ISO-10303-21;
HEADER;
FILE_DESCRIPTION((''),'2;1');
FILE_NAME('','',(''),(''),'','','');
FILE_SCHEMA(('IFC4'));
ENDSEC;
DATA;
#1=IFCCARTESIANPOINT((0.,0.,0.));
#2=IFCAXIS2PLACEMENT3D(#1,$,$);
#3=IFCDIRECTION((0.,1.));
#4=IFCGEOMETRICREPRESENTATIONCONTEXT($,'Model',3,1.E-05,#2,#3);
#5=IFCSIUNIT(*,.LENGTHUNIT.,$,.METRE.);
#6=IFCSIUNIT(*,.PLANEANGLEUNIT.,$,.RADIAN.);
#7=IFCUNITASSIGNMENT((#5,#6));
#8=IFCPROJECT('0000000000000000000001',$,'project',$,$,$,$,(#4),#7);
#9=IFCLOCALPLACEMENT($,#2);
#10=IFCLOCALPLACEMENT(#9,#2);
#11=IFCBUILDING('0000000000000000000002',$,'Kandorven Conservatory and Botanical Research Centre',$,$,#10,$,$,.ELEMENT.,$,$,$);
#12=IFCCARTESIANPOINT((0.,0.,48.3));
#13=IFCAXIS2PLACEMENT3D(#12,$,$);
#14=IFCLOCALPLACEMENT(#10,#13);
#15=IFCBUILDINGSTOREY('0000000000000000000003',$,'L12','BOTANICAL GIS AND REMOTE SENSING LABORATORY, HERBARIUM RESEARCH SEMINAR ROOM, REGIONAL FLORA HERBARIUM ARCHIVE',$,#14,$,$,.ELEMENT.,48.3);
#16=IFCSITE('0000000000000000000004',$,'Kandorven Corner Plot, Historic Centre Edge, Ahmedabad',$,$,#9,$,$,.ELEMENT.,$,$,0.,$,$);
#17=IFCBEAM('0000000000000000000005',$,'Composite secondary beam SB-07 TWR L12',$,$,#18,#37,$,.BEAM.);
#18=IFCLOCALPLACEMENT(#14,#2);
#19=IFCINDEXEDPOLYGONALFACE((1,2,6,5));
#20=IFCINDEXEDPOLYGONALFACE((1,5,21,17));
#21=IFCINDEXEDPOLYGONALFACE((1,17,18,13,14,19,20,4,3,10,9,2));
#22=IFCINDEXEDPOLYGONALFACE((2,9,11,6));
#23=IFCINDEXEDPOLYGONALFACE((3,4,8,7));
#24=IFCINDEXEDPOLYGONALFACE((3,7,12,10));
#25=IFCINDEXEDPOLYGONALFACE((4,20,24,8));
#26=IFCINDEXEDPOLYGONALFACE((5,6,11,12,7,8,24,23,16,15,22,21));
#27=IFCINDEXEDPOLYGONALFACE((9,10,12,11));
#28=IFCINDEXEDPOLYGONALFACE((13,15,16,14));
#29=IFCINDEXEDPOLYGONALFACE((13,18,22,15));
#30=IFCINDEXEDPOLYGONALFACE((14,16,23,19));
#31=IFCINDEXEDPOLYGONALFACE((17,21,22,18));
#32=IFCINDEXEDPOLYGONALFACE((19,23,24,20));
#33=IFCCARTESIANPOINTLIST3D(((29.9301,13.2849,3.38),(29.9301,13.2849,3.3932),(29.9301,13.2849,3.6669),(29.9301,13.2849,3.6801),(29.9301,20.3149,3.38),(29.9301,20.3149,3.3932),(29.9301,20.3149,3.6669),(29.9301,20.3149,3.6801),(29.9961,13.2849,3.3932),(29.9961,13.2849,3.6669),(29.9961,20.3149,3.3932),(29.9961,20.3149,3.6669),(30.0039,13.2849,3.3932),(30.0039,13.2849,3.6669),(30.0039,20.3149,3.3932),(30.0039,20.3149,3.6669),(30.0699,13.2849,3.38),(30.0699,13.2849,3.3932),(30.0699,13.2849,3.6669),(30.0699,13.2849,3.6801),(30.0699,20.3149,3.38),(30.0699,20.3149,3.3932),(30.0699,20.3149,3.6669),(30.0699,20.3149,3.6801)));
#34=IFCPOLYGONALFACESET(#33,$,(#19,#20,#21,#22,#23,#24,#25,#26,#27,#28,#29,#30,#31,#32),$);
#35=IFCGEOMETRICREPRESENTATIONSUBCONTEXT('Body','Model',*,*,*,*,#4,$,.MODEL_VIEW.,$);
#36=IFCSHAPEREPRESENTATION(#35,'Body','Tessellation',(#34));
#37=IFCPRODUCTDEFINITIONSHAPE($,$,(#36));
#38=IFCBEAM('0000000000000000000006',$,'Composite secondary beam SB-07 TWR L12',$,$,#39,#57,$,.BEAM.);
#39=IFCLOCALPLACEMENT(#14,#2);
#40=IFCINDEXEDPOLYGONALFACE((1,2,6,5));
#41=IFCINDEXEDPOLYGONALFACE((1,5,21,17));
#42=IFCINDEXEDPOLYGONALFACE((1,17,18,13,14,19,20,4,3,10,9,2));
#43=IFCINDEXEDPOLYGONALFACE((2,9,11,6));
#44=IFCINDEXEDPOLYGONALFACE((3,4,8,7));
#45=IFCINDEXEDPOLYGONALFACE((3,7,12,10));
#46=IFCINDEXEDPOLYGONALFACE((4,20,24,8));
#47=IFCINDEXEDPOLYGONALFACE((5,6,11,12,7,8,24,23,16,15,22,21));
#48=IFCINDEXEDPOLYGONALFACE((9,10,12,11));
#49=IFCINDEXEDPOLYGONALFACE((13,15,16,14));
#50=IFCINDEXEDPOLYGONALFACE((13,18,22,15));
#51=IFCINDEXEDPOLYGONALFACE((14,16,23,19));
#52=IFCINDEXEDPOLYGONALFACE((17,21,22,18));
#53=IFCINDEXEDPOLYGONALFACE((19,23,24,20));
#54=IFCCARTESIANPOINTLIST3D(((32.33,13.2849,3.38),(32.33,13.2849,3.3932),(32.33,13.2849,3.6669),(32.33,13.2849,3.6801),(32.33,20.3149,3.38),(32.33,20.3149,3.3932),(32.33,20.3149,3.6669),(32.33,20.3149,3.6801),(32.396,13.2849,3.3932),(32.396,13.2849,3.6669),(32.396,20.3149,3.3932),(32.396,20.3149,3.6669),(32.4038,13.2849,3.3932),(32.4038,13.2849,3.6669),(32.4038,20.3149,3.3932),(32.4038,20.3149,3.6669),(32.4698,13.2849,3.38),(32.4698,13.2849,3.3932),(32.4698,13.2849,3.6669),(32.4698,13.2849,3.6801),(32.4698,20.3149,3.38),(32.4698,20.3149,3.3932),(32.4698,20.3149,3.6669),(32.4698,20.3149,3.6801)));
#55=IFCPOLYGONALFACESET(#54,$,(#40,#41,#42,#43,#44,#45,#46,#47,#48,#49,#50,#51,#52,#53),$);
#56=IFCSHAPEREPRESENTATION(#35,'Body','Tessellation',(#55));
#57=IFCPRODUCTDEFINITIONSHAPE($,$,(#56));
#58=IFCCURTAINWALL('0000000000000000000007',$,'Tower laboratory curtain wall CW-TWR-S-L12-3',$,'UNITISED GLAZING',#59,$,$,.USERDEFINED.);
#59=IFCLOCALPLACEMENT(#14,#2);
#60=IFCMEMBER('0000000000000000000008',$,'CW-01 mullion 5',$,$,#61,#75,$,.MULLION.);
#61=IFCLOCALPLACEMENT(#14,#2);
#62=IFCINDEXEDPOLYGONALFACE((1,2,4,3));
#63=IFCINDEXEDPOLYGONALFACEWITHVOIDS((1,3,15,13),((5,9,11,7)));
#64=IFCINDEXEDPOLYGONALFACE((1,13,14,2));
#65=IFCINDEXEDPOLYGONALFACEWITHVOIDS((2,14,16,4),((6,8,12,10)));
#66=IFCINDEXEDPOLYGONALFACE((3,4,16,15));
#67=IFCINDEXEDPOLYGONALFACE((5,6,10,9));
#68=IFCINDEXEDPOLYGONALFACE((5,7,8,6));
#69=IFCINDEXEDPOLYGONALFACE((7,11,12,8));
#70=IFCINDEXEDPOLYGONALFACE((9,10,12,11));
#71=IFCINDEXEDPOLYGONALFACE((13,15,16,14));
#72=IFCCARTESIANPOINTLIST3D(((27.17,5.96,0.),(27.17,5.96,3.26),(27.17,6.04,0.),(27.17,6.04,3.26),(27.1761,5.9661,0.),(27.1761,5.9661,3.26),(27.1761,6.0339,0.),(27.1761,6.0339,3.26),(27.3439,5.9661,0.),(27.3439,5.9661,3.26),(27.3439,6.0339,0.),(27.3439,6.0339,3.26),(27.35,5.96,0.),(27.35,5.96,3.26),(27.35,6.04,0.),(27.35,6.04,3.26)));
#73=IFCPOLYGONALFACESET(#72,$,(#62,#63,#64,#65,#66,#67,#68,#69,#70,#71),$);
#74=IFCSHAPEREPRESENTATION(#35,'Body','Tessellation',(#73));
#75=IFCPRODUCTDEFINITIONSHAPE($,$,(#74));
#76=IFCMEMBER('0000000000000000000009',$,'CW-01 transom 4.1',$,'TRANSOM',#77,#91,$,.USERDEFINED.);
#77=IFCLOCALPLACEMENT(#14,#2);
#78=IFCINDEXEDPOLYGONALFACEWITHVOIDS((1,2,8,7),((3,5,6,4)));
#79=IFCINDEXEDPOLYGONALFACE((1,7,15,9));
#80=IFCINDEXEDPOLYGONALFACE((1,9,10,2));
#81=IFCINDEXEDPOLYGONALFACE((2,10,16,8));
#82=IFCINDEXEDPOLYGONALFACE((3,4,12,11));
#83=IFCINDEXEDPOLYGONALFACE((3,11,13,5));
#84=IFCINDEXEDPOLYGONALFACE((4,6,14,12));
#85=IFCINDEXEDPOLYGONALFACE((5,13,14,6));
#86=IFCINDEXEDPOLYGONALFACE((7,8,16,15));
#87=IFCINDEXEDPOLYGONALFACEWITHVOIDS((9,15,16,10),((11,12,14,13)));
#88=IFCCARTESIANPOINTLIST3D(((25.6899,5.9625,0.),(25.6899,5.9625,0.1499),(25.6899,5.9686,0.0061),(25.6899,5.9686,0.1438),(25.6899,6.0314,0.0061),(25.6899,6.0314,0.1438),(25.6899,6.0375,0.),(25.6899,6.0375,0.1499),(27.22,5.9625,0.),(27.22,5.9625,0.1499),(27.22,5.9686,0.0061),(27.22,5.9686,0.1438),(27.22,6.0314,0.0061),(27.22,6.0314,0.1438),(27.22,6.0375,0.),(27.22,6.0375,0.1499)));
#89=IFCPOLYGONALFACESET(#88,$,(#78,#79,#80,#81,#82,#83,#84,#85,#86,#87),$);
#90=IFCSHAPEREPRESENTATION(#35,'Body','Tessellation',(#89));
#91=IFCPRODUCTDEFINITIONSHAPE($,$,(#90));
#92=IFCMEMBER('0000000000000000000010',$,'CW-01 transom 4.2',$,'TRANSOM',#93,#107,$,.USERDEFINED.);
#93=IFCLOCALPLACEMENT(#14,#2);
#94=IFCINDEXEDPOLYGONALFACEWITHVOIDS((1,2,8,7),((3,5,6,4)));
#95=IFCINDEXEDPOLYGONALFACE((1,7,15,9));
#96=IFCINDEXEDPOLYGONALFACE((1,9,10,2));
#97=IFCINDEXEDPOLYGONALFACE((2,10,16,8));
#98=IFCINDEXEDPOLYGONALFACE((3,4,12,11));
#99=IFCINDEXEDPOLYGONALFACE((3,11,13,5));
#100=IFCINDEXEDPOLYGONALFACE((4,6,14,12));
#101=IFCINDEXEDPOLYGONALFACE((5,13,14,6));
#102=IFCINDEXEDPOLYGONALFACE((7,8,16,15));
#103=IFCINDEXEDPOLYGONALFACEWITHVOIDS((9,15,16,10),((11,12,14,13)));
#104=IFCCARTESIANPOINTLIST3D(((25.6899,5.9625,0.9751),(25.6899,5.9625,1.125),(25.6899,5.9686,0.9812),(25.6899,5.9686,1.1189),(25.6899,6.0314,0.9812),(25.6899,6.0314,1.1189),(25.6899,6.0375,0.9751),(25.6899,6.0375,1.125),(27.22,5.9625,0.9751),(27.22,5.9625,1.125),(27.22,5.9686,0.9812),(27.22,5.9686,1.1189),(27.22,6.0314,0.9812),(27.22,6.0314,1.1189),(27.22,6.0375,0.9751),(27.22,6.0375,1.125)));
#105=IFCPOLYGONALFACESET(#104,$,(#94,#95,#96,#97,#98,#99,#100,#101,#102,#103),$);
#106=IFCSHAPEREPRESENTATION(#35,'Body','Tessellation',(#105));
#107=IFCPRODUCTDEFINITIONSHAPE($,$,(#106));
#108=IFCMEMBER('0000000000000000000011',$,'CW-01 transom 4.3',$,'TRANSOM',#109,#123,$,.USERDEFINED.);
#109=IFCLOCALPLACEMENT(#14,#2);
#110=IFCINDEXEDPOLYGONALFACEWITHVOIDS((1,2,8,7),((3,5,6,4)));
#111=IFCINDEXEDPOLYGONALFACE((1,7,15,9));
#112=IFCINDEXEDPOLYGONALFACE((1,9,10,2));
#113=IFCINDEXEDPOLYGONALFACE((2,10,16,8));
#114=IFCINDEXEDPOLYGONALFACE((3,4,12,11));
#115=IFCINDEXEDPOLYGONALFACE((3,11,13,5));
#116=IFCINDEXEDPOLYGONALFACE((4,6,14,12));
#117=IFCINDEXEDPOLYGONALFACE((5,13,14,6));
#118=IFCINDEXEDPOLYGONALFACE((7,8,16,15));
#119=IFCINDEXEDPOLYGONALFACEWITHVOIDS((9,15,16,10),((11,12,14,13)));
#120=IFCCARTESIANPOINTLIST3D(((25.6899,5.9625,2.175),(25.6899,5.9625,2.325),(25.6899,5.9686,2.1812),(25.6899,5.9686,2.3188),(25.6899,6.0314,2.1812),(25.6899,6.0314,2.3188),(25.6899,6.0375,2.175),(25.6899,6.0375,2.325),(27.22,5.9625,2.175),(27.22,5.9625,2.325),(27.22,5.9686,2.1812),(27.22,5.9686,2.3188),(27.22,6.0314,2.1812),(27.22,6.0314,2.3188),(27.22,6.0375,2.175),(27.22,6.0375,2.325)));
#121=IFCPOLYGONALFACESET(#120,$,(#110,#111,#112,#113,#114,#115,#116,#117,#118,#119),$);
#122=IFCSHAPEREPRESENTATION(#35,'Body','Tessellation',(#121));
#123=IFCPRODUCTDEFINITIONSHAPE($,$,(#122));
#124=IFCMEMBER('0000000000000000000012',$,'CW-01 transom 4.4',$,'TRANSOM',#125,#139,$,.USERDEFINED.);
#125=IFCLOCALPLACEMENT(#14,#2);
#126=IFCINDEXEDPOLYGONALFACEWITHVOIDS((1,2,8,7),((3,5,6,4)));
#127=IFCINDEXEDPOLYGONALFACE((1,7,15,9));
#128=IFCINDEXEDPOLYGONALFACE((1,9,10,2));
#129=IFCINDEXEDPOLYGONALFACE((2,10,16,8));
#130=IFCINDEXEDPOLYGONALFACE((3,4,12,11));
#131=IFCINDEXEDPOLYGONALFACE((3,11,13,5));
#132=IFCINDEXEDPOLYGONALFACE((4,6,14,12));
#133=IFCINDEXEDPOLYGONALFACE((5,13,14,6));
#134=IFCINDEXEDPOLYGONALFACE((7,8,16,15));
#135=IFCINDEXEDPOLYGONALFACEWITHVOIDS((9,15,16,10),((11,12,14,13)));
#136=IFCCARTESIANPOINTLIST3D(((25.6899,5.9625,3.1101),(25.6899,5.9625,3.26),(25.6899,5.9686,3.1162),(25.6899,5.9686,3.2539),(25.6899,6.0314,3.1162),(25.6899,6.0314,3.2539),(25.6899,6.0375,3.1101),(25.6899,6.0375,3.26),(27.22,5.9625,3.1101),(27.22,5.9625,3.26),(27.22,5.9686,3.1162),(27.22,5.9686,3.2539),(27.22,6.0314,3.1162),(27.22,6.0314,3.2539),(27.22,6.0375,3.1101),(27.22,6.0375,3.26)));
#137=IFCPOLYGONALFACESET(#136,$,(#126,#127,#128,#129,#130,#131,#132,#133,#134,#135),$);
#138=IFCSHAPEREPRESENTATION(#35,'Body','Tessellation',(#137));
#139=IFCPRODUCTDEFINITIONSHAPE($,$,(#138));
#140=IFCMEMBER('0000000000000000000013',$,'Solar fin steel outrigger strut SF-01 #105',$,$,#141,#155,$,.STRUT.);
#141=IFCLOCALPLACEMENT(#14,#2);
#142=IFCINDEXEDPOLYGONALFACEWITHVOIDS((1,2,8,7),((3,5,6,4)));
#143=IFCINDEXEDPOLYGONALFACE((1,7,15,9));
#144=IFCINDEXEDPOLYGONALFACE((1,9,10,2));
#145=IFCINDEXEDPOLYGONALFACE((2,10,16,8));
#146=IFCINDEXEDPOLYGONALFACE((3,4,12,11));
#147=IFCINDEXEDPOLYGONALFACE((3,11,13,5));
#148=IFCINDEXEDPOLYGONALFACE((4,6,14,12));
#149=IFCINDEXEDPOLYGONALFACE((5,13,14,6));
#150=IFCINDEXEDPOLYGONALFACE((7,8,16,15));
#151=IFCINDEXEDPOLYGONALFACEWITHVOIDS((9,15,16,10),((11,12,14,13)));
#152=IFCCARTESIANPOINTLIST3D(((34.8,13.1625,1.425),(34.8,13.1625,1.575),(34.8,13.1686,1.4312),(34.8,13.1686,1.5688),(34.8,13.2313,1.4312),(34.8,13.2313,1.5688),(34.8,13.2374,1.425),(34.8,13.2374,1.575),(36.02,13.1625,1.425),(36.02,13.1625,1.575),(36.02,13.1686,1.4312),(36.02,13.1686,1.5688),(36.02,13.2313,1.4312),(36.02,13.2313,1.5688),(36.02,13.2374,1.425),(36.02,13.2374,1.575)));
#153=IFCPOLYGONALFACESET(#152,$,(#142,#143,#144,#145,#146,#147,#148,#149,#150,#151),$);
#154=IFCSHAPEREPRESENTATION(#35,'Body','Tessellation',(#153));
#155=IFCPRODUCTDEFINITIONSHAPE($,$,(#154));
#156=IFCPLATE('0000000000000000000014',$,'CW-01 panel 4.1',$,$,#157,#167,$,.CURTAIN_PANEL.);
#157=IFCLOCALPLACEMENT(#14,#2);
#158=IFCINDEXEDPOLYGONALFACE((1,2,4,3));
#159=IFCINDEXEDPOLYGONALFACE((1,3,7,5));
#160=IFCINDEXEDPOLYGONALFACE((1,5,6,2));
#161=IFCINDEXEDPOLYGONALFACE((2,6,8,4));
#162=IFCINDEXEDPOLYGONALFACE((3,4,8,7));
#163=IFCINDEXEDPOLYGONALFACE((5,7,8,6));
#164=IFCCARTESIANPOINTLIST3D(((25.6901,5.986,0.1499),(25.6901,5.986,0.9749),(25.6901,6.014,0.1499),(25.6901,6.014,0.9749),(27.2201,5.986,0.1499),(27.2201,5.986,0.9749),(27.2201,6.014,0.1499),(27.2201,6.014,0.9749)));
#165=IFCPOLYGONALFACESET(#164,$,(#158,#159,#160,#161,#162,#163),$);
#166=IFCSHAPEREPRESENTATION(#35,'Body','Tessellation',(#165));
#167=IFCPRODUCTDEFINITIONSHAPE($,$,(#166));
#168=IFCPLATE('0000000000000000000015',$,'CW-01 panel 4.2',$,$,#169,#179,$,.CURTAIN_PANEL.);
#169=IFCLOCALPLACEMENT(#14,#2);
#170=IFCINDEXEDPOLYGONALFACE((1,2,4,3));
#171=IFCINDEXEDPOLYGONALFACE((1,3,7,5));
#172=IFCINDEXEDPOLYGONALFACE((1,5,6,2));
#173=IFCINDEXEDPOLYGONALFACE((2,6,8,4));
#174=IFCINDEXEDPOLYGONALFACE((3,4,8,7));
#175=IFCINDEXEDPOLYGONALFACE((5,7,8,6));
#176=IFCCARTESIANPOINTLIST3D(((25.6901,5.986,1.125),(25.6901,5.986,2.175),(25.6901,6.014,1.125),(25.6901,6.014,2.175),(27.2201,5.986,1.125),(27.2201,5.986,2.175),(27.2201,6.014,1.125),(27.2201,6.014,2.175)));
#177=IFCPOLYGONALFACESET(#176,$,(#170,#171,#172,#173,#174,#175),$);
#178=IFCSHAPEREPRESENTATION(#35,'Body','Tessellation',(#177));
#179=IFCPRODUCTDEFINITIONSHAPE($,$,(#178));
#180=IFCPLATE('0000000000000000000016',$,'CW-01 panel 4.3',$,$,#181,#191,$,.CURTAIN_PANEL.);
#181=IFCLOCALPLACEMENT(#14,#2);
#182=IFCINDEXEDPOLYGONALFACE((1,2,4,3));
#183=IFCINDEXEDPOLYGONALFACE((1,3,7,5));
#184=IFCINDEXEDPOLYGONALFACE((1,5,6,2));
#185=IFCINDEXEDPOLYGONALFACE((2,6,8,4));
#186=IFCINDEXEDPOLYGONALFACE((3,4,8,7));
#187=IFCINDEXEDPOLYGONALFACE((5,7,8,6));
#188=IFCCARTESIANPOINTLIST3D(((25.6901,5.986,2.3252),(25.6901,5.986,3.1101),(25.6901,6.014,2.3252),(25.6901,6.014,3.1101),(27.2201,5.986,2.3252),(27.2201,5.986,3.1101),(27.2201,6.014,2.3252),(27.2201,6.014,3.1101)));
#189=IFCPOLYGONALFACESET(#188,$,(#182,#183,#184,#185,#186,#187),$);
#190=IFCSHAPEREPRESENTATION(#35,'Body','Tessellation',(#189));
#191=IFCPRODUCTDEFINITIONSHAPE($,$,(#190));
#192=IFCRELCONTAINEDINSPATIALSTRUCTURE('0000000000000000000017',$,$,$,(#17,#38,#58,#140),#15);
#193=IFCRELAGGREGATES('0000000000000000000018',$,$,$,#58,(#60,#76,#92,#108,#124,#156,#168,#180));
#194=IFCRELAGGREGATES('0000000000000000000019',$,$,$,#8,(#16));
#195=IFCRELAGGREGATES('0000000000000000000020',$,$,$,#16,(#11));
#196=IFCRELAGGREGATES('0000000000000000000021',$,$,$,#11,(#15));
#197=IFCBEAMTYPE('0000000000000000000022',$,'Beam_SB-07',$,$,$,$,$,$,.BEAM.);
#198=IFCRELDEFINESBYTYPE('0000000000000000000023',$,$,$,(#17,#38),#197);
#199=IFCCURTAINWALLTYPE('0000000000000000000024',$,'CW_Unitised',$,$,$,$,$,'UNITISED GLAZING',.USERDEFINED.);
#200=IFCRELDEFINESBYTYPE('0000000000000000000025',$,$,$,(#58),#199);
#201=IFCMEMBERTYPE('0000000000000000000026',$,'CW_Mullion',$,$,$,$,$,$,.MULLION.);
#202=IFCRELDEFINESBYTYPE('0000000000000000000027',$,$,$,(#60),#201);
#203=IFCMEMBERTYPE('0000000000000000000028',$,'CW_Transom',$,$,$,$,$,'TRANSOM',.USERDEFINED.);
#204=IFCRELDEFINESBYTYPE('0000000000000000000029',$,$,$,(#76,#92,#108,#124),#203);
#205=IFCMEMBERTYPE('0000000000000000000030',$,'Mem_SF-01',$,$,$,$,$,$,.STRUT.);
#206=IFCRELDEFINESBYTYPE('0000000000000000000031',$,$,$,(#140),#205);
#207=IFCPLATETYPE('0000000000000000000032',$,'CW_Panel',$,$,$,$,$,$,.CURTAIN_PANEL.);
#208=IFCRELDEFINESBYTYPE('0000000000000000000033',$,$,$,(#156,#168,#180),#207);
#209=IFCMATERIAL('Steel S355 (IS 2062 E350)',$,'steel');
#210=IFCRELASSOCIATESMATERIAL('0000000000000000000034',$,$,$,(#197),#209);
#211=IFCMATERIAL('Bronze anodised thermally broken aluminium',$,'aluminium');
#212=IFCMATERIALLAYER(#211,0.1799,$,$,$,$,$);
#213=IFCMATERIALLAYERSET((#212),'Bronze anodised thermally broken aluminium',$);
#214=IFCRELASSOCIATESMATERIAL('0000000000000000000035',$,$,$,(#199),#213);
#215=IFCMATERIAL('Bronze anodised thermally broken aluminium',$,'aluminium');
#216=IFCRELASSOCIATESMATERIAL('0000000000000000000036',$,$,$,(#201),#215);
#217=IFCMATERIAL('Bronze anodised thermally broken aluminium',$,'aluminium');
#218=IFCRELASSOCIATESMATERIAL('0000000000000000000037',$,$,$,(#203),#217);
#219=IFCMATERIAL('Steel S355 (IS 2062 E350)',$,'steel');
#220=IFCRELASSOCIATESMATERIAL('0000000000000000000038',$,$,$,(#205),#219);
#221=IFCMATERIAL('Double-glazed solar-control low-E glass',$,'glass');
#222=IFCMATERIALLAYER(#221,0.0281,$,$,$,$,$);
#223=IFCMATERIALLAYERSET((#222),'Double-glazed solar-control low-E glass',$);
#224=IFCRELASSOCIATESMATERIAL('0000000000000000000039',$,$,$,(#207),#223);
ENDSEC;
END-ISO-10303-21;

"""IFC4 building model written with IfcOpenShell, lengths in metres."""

from ifc_helpers import new_model, si_unit, direction, frame, origin, origin_2d, place, context, subcontext, project, spatial, rectangle, hollow_rectangle, i_section, extrude, material, layer, layer_set, material_profile, profile_set, type_object, element, aggregate, save


model = new_model("IFC4")

# Units and contexts
model_context = context("Model", 3, precision=1e-05, world=origin(), true_north=direction((0.0, 1.0)))
body_context = subcontext(model_context, "Body", "Model", "MODEL_VIEW")
ifc_project = project(units=[si_unit("LENGTHUNIT", "METRE"), si_unit("PLANEANGLEUNIT", "RADIAN")], contexts=[model_context])

# Site, building, storey
site_placement = place(None, origin())
site = spatial("IfcSite", under=ifc_project, at=site_placement, Name="Kandorven Corner Plot, Historic Centre Edge, Ahmedabad", CompositionType="ELEMENT", RefElevation=0.0)
building_placement = place(site_placement, origin())
building = spatial("IfcBuilding", under=site, at=building_placement, Name="Kandorven Conservatory and Botanical Research Centre", CompositionType="ELEMENT")
storey_placement = place(building_placement, frame((0.0, 0.0, 48.3)))
storey = spatial("IfcBuildingStorey", under=building, at=storey_placement, Name="L12", Description="BOTANICAL GIS AND REMOTE SENSING LABORATORY, HERBARIUM RESEARCH SEMINAR ROOM, REGIONAL FLORA HERBARIUM ARCHIVE", CompositionType="ELEMENT", Elevation=48.3)

# Beams
ifc_material_1 = material(Name="Steel S355 (IS 2062 E350)", Category="steel")
ifc_material_profile_1 = material_profile(ifc_material_1, i_section(OverallWidth=0.1399, OverallDepth=0.3, WebThickness=0.0078, FlangeThickness=0.0132, at=origin_2d()))
ifc_profile_set_1 = profile_set([ifc_material_profile_1], Name="Steel S355 (IS 2062 E350)")
beam_type_1 = type_object("IfcBeamType", Name="Beam_SB-07", PredefinedType="BEAM", material=ifc_profile_set_1)
for number, where, z_axis, x_axis, name in (
    (1, (30.0, 13.2849, 3.53), (0.0, 1.0, 0.0), (-1.0, 0.0, 0.0), "Composite secondary beam SB-07 TWR L12"),
    (2, (32.3999, 13.2849, 3.53), (0.0, 1.0, 0.0), (-1.0, 0.0, 0.0), "Composite secondary beam SB-07 TWR L12"),
):
    element("IfcBeam", number, at=place(storey_placement, frame(where, z_axis=z_axis, x_axis=x_axis)), inside=storey, type_object=beam_type_1, Name=name, PredefinedType="BEAM", context=body_context, shape_type="SweptSolid", body=[
        extrude(i_section(OverallWidth=0.1399, OverallDepth=0.3, WebThickness=0.0078, FlangeThickness=0.0132, at=origin_2d()), origin(), (0.0, 0.0, 1.0), 7.03),
    ])

# Curtain wall, members
ifc_material_2 = material(Name="Bronze anodised thermally broken aluminium", Category="aluminium")
ifc_layer_1 = layer(ifc_material_2, 0.1799)
ifc_layer_set_1 = layer_set([ifc_layer_1], Name="Bronze anodised thermally broken aluminium")
curtain_wall_type = type_object("IfcCurtainWallType", Name="CW_Unitised", ElementType="UNITISED GLAZING", PredefinedType="USERDEFINED", material=ifc_layer_set_1)
curtain_wall_placement = place(storey_placement, origin())
curtain_wall = element("IfcCurtainWall", 3, at=curtain_wall_placement, inside=storey, type_object=curtain_wall_type, Name="Tower laboratory curtain wall CW-TWR-S-L12-3", ObjectType="UNITISED GLAZING", PredefinedType="USERDEFINED")
ifc_material_3 = material(Name="Bronze anodised thermally broken aluminium", Category="aluminium")
ifc_material_profile_2 = material_profile(ifc_material_3, hollow_rectangle(XDim=0.0801, YDim=0.1799, WallThickness=0.0061, at=origin_2d()))
ifc_profile_set_2 = profile_set([ifc_material_profile_2], Name="Bronze anodised thermally broken aluminium")
member_type_1 = type_object("IfcMemberType", Name="CW_Mullion", PredefinedType="MULLION", material=ifc_profile_set_2)
member_1_placement = place(storey_placement, frame((27.26, 6.0, 0.0), z_axis=(0.0, 0.0, 1.0), x_axis=(0.0, 1.0, 0.0)))
member_1 = element("IfcMember", 4, at=member_1_placement, type_object=member_type_1, Name="CW-01 mullion 5", PredefinedType="MULLION", context=body_context, shape_type="SweptSolid", body=[
    extrude(hollow_rectangle(XDim=0.0801, YDim=0.1799, WallThickness=0.0061, at=origin_2d()), origin(), (0.0, 0.0, 1.0), 3.26),
])
ifc_material_4 = material(Name="Bronze anodised thermally broken aluminium", Category="aluminium")
ifc_material_profile_3 = material_profile(ifc_material_4, hollow_rectangle(XDim=0.075, YDim=0.1499, WallThickness=0.0061, at=origin_2d()))
ifc_profile_set_3 = profile_set([ifc_material_profile_3], Name="Bronze anodised thermally broken aluminium")
member_type_2 = type_object("IfcMemberType", Name="CW_Transom", ElementType="TRANSOM", PredefinedType="USERDEFINED", material=ifc_profile_set_3)
member_2_placement = place(storey_placement, frame((25.6899, 6.0, 0.075), z_axis=(1.0, 0.0, 0.0), x_axis=(0.0, 1.0, 0.0)))
member_2 = element("IfcMember", 5, at=member_2_placement, type_object=member_type_2, Name="CW-01 transom 4.1", ObjectType="TRANSOM", PredefinedType="USERDEFINED", context=body_context, shape_type="SweptSolid", body=[
    extrude(hollow_rectangle(XDim=0.075, YDim=0.1499, WallThickness=0.0061, at=origin_2d()), origin(), (0.0, 0.0, 1.0), 1.53),
])
member_3_placement = place(storey_placement, frame((25.6899, 6.0, 1.05), z_axis=(1.0, 0.0, 0.0), x_axis=(0.0, 1.0, 0.0)))
member_3 = element("IfcMember", 6, at=member_3_placement, type_object=member_type_2, Name="CW-01 transom 4.2", ObjectType="TRANSOM", PredefinedType="USERDEFINED", context=body_context, shape_type="SweptSolid", body=[
    extrude(hollow_rectangle(XDim=0.075, YDim=0.1499, WallThickness=0.0061, at=origin_2d()), origin(), (0.0, 0.0, 1.0), 1.53),
])
member_4_placement = place(storey_placement, frame((25.6899, 6.0, 2.25), z_axis=(1.0, 0.0, 0.0), x_axis=(0.0, 1.0, 0.0)))
member_4 = element("IfcMember", 7, at=member_4_placement, type_object=member_type_2, Name="CW-01 transom 4.3", ObjectType="TRANSOM", PredefinedType="USERDEFINED", context=body_context, shape_type="SweptSolid", body=[
    extrude(hollow_rectangle(XDim=0.075, YDim=0.1499, WallThickness=0.0061, at=origin_2d()), origin(), (0.0, 0.0, 1.0), 1.53),
])
member_5_placement = place(storey_placement, frame((25.6899, 6.0, 3.1851), z_axis=(1.0, 0.0, 0.0), x_axis=(0.0, 1.0, 0.0)))
member_5 = element("IfcMember", 8, at=member_5_placement, type_object=member_type_2, Name="CW-01 transom 4.4", ObjectType="TRANSOM", PredefinedType="USERDEFINED", context=body_context, shape_type="SweptSolid", body=[
    extrude(hollow_rectangle(XDim=0.075, YDim=0.1499, WallThickness=0.0061, at=origin_2d()), origin(), (0.0, 0.0, 1.0), 1.53),
])

# Member
ifc_material_5 = material(Name="Steel S355 (IS 2062 E350)", Category="steel")
ifc_material_profile_4 = material_profile(ifc_material_5, hollow_rectangle(XDim=0.075, YDim=0.1499, WallThickness=0.0061, at=origin_2d()))
ifc_profile_set_4 = profile_set([ifc_material_profile_4], Name="Steel S355 (IS 2062 E350)")
member_type_3 = type_object("IfcMemberType", Name="Mem_SF-01", PredefinedType="STRUT", material=ifc_profile_set_4)
member_6_placement = place(storey_placement, frame((34.8, 13.2, 1.5), z_axis=(1.0, 0.0, 0.0), x_axis=(0.0, 1.0, 0.0)))
element("IfcMember", 9, at=member_6_placement, inside=storey, type_object=member_type_3, Name="Solar fin steel outrigger strut SF-01 #105", PredefinedType="STRUT", context=body_context, shape_type="SweptSolid", body=[
    extrude(hollow_rectangle(XDim=0.075, YDim=0.1499, WallThickness=0.0061, at=origin_2d()), origin(), (0.0, 0.0, 1.0), 1.22),
])

# Plates
ifc_material_6 = material(Name="Double-glazed solar-control low-E glass", Category="glass")
ifc_layer_2 = layer(ifc_material_6, 0.0281)
ifc_layer_set_2 = layer_set([ifc_layer_2], Name="Double-glazed solar-control low-E glass")
plate_type_1 = type_object("IfcPlateType", Name="CW_Panel", PredefinedType="CURTAIN_PANEL", material=ifc_layer_set_2)
plate_1_placement = place(storey_placement, frame((26.4551, 6.0, 0.1499), z_axis=(0.0, 0.0, 1.0), x_axis=(1.0, 0.0, 0.0)))
plate_1 = element("IfcPlate", 10, at=plate_1_placement, type_object=plate_type_1, Name="CW-01 panel 4.1", PredefinedType="CURTAIN_PANEL", context=body_context, shape_type="SweptSolid", body=[
    extrude(rectangle(XDim=1.53, YDim=0.0281, at=origin_2d()), origin(), (0.0, 0.0, 1.0), 0.825),
])
plate_2_placement = place(storey_placement, frame((26.4551, 6.0, 1.125), z_axis=(0.0, 0.0, 1.0), x_axis=(1.0, 0.0, 0.0)))
plate_2 = element("IfcPlate", 11, at=plate_2_placement, type_object=plate_type_1, Name="CW-01 panel 4.2", PredefinedType="CURTAIN_PANEL", context=body_context, shape_type="SweptSolid", body=[
    extrude(rectangle(XDim=1.53, YDim=0.0281, at=origin_2d()), origin(), (0.0, 0.0, 1.0), 1.05),
])
plate_3_placement = place(storey_placement, frame((26.4551, 6.0, 2.3252), z_axis=(0.0, 0.0, 1.0), x_axis=(1.0, 0.0, 0.0)))
plate_3 = element("IfcPlate", 12, at=plate_3_placement, type_object=plate_type_1, Name="CW-01 panel 4.3", PredefinedType="CURTAIN_PANEL", context=body_context, shape_type="SweptSolid", body=[
    extrude(rectangle(XDim=1.53, YDim=0.0281, at=origin_2d()), origin(), (0.0, 0.0, 1.0), 0.7849),
])
aggregate(curtain_wall, [member_1, member_2, member_3, member_4, member_5, plate_1, plate_2, plate_3])

save(model, "model.ifc")
